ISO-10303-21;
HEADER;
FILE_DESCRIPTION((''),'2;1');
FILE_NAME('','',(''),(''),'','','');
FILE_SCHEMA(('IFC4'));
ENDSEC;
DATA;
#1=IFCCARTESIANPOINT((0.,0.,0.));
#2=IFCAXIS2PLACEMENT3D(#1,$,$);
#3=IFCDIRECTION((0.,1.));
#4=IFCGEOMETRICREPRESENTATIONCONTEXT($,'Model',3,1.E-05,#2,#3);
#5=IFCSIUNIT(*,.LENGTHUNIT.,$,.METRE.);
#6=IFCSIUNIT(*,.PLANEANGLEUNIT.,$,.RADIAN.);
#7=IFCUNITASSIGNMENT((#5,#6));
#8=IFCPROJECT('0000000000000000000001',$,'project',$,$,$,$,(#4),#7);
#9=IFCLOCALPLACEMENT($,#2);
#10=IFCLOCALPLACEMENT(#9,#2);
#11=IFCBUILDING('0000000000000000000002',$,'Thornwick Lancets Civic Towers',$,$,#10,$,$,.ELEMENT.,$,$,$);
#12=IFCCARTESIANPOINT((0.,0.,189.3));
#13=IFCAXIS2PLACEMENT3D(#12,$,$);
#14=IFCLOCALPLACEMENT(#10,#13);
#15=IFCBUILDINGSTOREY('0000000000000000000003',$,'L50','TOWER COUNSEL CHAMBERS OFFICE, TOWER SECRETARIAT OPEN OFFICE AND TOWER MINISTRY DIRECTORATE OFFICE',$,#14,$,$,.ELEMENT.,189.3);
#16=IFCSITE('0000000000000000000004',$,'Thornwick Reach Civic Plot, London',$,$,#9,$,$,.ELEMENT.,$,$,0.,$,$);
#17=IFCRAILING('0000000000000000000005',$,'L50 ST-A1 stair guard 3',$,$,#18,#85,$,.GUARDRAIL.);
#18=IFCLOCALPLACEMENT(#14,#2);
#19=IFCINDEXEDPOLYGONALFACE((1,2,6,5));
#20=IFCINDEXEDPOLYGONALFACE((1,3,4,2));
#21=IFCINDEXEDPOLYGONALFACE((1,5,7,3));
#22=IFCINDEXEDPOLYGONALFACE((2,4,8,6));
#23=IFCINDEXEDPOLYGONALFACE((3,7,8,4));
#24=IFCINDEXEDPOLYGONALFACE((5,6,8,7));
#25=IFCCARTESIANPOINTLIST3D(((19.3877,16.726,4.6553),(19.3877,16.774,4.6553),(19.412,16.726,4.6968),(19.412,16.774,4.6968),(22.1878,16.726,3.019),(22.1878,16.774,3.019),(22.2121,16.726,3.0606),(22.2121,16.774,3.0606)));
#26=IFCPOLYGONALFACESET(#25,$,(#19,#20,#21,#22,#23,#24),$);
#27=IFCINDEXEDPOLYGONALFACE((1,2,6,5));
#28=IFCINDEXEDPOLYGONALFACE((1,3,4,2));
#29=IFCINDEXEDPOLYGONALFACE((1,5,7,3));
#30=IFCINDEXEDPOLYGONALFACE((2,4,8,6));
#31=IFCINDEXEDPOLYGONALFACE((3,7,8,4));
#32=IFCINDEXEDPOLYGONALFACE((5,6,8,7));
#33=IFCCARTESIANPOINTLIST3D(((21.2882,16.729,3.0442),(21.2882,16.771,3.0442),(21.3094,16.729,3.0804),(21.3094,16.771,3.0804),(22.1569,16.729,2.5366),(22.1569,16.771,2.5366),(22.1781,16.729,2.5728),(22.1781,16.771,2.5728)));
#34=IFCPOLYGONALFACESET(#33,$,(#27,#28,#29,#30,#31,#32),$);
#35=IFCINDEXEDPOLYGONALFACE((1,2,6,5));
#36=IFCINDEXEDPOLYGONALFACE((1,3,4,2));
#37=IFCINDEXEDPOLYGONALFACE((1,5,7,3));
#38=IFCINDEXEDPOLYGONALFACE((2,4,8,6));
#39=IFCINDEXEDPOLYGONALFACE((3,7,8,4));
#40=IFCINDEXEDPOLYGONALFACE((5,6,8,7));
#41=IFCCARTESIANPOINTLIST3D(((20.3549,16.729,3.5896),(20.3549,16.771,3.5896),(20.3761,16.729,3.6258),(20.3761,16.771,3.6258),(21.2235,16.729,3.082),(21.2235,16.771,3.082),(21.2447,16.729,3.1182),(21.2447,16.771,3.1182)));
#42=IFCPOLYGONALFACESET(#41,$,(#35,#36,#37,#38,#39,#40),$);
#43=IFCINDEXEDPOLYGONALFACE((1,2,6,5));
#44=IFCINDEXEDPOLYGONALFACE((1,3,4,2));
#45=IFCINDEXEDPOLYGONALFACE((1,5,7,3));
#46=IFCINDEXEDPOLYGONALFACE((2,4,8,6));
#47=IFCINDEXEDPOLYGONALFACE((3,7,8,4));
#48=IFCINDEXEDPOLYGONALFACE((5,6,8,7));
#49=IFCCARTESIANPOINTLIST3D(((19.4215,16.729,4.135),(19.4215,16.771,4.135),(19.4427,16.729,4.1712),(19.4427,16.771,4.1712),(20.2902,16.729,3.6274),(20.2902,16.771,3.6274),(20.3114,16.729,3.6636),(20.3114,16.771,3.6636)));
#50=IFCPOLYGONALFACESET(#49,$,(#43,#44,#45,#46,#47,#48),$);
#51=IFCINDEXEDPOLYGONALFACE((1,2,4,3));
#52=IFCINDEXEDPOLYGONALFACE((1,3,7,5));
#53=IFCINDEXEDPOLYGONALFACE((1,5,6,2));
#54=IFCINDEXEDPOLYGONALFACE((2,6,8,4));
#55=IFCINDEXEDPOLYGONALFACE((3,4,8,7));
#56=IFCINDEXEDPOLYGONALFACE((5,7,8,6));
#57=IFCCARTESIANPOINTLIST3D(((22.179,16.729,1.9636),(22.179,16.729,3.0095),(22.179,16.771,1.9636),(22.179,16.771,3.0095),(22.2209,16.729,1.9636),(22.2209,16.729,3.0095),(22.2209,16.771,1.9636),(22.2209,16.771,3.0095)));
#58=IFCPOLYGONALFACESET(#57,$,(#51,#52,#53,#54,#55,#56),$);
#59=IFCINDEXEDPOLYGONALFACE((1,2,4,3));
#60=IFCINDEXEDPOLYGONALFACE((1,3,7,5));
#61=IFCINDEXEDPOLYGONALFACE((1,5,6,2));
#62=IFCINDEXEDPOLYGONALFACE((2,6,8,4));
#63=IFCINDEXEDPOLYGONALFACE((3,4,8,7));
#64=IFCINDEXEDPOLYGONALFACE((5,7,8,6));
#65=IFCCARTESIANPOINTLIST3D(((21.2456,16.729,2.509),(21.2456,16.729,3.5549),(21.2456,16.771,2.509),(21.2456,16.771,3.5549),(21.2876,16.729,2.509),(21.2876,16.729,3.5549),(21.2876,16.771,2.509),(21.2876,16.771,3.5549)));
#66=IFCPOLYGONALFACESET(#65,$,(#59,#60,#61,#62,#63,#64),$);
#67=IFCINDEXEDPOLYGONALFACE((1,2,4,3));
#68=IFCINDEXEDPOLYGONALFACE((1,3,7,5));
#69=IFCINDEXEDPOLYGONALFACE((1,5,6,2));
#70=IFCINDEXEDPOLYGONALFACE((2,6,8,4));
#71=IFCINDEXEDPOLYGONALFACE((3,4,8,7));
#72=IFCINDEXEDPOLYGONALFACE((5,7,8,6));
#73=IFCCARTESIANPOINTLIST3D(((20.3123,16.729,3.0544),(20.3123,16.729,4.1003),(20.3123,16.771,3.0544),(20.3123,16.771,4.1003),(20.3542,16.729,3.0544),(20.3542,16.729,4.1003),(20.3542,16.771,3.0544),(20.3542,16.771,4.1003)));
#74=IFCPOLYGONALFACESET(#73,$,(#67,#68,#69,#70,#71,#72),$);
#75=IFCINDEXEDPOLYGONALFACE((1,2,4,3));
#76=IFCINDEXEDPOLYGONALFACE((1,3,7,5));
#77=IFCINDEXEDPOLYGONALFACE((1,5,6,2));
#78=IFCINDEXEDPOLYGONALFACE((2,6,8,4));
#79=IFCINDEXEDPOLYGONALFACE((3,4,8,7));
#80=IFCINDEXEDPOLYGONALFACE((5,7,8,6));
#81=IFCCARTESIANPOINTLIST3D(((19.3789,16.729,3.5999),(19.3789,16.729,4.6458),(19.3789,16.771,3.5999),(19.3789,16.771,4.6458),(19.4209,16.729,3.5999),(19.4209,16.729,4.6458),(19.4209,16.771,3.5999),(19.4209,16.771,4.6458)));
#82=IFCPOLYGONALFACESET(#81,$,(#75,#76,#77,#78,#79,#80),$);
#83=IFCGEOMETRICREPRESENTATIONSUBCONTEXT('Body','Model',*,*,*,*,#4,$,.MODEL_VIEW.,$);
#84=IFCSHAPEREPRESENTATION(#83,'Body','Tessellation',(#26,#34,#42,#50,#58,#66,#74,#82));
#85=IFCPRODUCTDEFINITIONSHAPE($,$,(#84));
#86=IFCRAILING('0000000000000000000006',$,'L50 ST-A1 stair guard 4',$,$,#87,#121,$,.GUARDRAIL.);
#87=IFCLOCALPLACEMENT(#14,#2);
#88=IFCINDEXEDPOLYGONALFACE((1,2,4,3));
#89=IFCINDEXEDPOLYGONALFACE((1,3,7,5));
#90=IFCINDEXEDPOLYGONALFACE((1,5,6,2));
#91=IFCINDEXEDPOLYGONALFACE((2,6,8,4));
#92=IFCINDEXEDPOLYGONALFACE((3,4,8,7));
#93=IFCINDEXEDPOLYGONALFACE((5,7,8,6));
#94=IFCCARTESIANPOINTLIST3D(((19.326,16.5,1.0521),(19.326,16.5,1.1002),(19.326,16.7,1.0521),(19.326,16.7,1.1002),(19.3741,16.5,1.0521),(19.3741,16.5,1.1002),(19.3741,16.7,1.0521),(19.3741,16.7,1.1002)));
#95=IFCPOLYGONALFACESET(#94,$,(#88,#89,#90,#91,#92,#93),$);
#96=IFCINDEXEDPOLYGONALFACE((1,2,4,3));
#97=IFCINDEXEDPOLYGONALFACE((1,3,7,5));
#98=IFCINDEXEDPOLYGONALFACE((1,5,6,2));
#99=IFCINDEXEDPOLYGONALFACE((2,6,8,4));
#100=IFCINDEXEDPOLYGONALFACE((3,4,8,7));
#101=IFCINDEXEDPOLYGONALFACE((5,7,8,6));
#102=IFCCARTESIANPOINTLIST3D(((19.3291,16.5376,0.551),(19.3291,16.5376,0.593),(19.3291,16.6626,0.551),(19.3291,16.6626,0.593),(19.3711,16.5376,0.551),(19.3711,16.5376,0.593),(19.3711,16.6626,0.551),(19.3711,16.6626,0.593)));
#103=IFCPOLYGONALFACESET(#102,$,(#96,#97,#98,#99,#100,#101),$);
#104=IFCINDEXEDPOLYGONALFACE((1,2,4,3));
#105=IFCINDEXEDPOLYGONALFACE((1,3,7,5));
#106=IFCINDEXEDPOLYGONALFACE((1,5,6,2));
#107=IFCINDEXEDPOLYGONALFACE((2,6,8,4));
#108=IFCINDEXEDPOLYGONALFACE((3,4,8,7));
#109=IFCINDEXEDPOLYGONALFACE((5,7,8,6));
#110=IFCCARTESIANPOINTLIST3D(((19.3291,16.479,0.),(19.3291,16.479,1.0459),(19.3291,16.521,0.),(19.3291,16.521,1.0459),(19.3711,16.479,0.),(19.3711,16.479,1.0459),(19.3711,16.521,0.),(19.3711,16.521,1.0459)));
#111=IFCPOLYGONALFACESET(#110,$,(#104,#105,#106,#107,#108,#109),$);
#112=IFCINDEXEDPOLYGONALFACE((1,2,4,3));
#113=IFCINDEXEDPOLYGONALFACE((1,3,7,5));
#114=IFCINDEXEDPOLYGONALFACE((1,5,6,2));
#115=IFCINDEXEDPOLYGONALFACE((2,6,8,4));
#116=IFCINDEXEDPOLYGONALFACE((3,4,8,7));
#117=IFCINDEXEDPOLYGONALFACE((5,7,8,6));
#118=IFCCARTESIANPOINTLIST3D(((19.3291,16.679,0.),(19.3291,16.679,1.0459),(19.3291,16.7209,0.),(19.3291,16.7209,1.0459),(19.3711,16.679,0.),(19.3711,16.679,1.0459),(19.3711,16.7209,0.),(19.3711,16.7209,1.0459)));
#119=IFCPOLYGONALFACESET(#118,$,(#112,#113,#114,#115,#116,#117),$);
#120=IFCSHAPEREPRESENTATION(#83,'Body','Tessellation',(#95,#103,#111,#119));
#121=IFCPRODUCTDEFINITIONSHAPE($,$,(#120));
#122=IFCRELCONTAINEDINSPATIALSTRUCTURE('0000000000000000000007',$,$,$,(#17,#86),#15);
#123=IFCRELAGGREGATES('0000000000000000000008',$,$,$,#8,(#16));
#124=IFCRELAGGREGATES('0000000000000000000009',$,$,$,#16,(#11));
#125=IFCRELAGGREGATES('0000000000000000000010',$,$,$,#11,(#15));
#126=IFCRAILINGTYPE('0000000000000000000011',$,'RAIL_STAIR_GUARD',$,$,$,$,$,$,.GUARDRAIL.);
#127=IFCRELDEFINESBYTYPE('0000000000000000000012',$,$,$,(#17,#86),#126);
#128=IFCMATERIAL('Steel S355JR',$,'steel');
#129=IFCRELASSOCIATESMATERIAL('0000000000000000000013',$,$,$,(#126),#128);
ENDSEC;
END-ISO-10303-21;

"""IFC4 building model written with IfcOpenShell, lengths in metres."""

from ifc_helpers import new_model, si_unit, direction, frame, origin, origin_2d, place, context, subcontext, project, spatial, rectangle, extrude, material, type_object, element, save


model = new_model("IFC4")

# Units and contexts
model_context = context("Model", 3, precision=1e-05, world=origin(), true_north=direction((0.0, 1.0)))
body_context = subcontext(model_context, "Body", "Model", "MODEL_VIEW")
ifc_project = project(units=[si_unit("LENGTHUNIT", "METRE"), si_unit("PLANEANGLEUNIT", "RADIAN")], contexts=[model_context])

# Site, building, storey
site_placement = place(None, origin())
site = spatial("IfcSite", under=ifc_project, at=site_placement, Name="Thornwick Reach Civic Plot, London", CompositionType="ELEMENT", RefElevation=0.0)
building_placement = place(site_placement, origin())
building = spatial("IfcBuilding", under=site, at=building_placement, Name="Thornwick Lancets Civic Towers", CompositionType="ELEMENT")
storey_placement = place(building_placement, frame((0.0, 0.0, 189.3)))
storey = spatial("IfcBuildingStorey", under=building, at=storey_placement, Name="L50", Description="TOWER COUNSEL CHAMBERS OFFICE, TOWER SECRETARIAT OPEN OFFICE AND TOWER MINISTRY DIRECTORATE OFFICE", CompositionType="ELEMENT", Elevation=189.3)

# Shared definitions
ifc_material_1 = material(Name="Steel S355JR", Category="steel")

# Railings
railing_type_1 = type_object("IfcRailingType", Name="RAIL_STAIR_GUARD", PredefinedType="GUARDRAIL", material=ifc_material_1)
railing_1_placement = place(storey_placement, frame((22.2, 16.75, 1.9636)))
element("IfcRailing", 1, at=railing_1_placement, inside=storey, type_object=railing_type_1, Name="L50 ST-A1 stair guard 3", PredefinedType="GUARDRAIL", context=body_context, shape_type="SweptSolid", body=[
    extrude(rectangle(XDim=0.0481, YDim=0.0481, at=origin_2d()), frame((0.0, 0.0, 1.0762), z_axis=(-0.863394, 0.0, 0.504531), x_axis=(0.0, -1.0, 0.0)), (0.0, 0.0, 1.0), 3.2432),
    extrude(rectangle(XDim=0.042, YDim=0.042, at=origin_2d()), frame((-0.0325, 0.0, 0.5911), z_axis=(-0.863394, 0.0, 0.504531), x_axis=(0.0, -1.0, 0.0)), (0.0, 0.0, 1.0), 1.0061),
    extrude(rectangle(XDim=0.042, YDim=0.042, at=origin_2d()), frame((-0.9658, 0.0, 1.1365), z_axis=(-0.863394, 0.0, 0.504531), x_axis=(0.0, -1.0, 0.0)), (0.0, 0.0, 1.0), 1.0061),
    extrude(rectangle(XDim=0.042, YDim=0.042, at=origin_2d()), frame((-1.8992, 0.0, 1.6819), z_axis=(-0.863394, 0.0, 0.504531), x_axis=(0.0, -1.0, 0.0)), (0.0, 0.0, 1.0), 1.0061),
    extrude(rectangle(XDim=0.042, YDim=0.042, at=origin_2d()), origin(), (0.0, 0.0, 1.0), 1.0459),
    extrude(rectangle(XDim=0.042, YDim=0.042, at=origin_2d()), frame((-0.9333, 0.0, 0.5454)), (0.0, 0.0, 1.0), 1.0459),
    extrude(rectangle(XDim=0.042, YDim=0.042, at=origin_2d()), frame((-1.8667, 0.0, 1.0908)), (0.0, 0.0, 1.0), 1.0459),
    extrude(rectangle(XDim=0.042, YDim=0.042, at=origin_2d()), frame((-2.8, 0.0, 1.6362)), (0.0, 0.0, 1.0), 1.0459),
])
railing_2_placement = place(storey_placement, frame((19.3501, 16.5, 0.0)))
element("IfcRailing", 2, at=railing_2_placement, inside=storey, type_object=railing_type_1, Name="L50 ST-A1 stair guard 4", PredefinedType="GUARDRAIL", context=body_context, shape_type="SweptSolid", body=[
    extrude(rectangle(XDim=0.0481, YDim=0.0481, at=origin_2d()), frame((0.0, 0.0, 1.0762), z_axis=(0.0, 1.0, 0.0), x_axis=(-1.0, 0.0, 0.0)), (0.0, 0.0, 1.0), 0.2),
    extrude(rectangle(XDim=0.042, YDim=0.042, at=origin_2d()), frame((0.0, 0.0376, 0.572), z_axis=(0.0, 1.0, 0.0), x_axis=(-1.0, 0.0, 0.0)), (0.0, 0.0, 1.0), 0.125),
    extrude(rectangle(XDim=0.042, YDim=0.042, at=origin_2d()), origin(), (0.0, 0.0, 1.0), 1.0459),
    extrude(rectangle(XDim=0.042, YDim=0.042, at=origin_2d()), frame((0.0, 0.2, 0.0)), (0.0, 0.0, 1.0), 1.0459),
])

save(model, "model.ifc")
